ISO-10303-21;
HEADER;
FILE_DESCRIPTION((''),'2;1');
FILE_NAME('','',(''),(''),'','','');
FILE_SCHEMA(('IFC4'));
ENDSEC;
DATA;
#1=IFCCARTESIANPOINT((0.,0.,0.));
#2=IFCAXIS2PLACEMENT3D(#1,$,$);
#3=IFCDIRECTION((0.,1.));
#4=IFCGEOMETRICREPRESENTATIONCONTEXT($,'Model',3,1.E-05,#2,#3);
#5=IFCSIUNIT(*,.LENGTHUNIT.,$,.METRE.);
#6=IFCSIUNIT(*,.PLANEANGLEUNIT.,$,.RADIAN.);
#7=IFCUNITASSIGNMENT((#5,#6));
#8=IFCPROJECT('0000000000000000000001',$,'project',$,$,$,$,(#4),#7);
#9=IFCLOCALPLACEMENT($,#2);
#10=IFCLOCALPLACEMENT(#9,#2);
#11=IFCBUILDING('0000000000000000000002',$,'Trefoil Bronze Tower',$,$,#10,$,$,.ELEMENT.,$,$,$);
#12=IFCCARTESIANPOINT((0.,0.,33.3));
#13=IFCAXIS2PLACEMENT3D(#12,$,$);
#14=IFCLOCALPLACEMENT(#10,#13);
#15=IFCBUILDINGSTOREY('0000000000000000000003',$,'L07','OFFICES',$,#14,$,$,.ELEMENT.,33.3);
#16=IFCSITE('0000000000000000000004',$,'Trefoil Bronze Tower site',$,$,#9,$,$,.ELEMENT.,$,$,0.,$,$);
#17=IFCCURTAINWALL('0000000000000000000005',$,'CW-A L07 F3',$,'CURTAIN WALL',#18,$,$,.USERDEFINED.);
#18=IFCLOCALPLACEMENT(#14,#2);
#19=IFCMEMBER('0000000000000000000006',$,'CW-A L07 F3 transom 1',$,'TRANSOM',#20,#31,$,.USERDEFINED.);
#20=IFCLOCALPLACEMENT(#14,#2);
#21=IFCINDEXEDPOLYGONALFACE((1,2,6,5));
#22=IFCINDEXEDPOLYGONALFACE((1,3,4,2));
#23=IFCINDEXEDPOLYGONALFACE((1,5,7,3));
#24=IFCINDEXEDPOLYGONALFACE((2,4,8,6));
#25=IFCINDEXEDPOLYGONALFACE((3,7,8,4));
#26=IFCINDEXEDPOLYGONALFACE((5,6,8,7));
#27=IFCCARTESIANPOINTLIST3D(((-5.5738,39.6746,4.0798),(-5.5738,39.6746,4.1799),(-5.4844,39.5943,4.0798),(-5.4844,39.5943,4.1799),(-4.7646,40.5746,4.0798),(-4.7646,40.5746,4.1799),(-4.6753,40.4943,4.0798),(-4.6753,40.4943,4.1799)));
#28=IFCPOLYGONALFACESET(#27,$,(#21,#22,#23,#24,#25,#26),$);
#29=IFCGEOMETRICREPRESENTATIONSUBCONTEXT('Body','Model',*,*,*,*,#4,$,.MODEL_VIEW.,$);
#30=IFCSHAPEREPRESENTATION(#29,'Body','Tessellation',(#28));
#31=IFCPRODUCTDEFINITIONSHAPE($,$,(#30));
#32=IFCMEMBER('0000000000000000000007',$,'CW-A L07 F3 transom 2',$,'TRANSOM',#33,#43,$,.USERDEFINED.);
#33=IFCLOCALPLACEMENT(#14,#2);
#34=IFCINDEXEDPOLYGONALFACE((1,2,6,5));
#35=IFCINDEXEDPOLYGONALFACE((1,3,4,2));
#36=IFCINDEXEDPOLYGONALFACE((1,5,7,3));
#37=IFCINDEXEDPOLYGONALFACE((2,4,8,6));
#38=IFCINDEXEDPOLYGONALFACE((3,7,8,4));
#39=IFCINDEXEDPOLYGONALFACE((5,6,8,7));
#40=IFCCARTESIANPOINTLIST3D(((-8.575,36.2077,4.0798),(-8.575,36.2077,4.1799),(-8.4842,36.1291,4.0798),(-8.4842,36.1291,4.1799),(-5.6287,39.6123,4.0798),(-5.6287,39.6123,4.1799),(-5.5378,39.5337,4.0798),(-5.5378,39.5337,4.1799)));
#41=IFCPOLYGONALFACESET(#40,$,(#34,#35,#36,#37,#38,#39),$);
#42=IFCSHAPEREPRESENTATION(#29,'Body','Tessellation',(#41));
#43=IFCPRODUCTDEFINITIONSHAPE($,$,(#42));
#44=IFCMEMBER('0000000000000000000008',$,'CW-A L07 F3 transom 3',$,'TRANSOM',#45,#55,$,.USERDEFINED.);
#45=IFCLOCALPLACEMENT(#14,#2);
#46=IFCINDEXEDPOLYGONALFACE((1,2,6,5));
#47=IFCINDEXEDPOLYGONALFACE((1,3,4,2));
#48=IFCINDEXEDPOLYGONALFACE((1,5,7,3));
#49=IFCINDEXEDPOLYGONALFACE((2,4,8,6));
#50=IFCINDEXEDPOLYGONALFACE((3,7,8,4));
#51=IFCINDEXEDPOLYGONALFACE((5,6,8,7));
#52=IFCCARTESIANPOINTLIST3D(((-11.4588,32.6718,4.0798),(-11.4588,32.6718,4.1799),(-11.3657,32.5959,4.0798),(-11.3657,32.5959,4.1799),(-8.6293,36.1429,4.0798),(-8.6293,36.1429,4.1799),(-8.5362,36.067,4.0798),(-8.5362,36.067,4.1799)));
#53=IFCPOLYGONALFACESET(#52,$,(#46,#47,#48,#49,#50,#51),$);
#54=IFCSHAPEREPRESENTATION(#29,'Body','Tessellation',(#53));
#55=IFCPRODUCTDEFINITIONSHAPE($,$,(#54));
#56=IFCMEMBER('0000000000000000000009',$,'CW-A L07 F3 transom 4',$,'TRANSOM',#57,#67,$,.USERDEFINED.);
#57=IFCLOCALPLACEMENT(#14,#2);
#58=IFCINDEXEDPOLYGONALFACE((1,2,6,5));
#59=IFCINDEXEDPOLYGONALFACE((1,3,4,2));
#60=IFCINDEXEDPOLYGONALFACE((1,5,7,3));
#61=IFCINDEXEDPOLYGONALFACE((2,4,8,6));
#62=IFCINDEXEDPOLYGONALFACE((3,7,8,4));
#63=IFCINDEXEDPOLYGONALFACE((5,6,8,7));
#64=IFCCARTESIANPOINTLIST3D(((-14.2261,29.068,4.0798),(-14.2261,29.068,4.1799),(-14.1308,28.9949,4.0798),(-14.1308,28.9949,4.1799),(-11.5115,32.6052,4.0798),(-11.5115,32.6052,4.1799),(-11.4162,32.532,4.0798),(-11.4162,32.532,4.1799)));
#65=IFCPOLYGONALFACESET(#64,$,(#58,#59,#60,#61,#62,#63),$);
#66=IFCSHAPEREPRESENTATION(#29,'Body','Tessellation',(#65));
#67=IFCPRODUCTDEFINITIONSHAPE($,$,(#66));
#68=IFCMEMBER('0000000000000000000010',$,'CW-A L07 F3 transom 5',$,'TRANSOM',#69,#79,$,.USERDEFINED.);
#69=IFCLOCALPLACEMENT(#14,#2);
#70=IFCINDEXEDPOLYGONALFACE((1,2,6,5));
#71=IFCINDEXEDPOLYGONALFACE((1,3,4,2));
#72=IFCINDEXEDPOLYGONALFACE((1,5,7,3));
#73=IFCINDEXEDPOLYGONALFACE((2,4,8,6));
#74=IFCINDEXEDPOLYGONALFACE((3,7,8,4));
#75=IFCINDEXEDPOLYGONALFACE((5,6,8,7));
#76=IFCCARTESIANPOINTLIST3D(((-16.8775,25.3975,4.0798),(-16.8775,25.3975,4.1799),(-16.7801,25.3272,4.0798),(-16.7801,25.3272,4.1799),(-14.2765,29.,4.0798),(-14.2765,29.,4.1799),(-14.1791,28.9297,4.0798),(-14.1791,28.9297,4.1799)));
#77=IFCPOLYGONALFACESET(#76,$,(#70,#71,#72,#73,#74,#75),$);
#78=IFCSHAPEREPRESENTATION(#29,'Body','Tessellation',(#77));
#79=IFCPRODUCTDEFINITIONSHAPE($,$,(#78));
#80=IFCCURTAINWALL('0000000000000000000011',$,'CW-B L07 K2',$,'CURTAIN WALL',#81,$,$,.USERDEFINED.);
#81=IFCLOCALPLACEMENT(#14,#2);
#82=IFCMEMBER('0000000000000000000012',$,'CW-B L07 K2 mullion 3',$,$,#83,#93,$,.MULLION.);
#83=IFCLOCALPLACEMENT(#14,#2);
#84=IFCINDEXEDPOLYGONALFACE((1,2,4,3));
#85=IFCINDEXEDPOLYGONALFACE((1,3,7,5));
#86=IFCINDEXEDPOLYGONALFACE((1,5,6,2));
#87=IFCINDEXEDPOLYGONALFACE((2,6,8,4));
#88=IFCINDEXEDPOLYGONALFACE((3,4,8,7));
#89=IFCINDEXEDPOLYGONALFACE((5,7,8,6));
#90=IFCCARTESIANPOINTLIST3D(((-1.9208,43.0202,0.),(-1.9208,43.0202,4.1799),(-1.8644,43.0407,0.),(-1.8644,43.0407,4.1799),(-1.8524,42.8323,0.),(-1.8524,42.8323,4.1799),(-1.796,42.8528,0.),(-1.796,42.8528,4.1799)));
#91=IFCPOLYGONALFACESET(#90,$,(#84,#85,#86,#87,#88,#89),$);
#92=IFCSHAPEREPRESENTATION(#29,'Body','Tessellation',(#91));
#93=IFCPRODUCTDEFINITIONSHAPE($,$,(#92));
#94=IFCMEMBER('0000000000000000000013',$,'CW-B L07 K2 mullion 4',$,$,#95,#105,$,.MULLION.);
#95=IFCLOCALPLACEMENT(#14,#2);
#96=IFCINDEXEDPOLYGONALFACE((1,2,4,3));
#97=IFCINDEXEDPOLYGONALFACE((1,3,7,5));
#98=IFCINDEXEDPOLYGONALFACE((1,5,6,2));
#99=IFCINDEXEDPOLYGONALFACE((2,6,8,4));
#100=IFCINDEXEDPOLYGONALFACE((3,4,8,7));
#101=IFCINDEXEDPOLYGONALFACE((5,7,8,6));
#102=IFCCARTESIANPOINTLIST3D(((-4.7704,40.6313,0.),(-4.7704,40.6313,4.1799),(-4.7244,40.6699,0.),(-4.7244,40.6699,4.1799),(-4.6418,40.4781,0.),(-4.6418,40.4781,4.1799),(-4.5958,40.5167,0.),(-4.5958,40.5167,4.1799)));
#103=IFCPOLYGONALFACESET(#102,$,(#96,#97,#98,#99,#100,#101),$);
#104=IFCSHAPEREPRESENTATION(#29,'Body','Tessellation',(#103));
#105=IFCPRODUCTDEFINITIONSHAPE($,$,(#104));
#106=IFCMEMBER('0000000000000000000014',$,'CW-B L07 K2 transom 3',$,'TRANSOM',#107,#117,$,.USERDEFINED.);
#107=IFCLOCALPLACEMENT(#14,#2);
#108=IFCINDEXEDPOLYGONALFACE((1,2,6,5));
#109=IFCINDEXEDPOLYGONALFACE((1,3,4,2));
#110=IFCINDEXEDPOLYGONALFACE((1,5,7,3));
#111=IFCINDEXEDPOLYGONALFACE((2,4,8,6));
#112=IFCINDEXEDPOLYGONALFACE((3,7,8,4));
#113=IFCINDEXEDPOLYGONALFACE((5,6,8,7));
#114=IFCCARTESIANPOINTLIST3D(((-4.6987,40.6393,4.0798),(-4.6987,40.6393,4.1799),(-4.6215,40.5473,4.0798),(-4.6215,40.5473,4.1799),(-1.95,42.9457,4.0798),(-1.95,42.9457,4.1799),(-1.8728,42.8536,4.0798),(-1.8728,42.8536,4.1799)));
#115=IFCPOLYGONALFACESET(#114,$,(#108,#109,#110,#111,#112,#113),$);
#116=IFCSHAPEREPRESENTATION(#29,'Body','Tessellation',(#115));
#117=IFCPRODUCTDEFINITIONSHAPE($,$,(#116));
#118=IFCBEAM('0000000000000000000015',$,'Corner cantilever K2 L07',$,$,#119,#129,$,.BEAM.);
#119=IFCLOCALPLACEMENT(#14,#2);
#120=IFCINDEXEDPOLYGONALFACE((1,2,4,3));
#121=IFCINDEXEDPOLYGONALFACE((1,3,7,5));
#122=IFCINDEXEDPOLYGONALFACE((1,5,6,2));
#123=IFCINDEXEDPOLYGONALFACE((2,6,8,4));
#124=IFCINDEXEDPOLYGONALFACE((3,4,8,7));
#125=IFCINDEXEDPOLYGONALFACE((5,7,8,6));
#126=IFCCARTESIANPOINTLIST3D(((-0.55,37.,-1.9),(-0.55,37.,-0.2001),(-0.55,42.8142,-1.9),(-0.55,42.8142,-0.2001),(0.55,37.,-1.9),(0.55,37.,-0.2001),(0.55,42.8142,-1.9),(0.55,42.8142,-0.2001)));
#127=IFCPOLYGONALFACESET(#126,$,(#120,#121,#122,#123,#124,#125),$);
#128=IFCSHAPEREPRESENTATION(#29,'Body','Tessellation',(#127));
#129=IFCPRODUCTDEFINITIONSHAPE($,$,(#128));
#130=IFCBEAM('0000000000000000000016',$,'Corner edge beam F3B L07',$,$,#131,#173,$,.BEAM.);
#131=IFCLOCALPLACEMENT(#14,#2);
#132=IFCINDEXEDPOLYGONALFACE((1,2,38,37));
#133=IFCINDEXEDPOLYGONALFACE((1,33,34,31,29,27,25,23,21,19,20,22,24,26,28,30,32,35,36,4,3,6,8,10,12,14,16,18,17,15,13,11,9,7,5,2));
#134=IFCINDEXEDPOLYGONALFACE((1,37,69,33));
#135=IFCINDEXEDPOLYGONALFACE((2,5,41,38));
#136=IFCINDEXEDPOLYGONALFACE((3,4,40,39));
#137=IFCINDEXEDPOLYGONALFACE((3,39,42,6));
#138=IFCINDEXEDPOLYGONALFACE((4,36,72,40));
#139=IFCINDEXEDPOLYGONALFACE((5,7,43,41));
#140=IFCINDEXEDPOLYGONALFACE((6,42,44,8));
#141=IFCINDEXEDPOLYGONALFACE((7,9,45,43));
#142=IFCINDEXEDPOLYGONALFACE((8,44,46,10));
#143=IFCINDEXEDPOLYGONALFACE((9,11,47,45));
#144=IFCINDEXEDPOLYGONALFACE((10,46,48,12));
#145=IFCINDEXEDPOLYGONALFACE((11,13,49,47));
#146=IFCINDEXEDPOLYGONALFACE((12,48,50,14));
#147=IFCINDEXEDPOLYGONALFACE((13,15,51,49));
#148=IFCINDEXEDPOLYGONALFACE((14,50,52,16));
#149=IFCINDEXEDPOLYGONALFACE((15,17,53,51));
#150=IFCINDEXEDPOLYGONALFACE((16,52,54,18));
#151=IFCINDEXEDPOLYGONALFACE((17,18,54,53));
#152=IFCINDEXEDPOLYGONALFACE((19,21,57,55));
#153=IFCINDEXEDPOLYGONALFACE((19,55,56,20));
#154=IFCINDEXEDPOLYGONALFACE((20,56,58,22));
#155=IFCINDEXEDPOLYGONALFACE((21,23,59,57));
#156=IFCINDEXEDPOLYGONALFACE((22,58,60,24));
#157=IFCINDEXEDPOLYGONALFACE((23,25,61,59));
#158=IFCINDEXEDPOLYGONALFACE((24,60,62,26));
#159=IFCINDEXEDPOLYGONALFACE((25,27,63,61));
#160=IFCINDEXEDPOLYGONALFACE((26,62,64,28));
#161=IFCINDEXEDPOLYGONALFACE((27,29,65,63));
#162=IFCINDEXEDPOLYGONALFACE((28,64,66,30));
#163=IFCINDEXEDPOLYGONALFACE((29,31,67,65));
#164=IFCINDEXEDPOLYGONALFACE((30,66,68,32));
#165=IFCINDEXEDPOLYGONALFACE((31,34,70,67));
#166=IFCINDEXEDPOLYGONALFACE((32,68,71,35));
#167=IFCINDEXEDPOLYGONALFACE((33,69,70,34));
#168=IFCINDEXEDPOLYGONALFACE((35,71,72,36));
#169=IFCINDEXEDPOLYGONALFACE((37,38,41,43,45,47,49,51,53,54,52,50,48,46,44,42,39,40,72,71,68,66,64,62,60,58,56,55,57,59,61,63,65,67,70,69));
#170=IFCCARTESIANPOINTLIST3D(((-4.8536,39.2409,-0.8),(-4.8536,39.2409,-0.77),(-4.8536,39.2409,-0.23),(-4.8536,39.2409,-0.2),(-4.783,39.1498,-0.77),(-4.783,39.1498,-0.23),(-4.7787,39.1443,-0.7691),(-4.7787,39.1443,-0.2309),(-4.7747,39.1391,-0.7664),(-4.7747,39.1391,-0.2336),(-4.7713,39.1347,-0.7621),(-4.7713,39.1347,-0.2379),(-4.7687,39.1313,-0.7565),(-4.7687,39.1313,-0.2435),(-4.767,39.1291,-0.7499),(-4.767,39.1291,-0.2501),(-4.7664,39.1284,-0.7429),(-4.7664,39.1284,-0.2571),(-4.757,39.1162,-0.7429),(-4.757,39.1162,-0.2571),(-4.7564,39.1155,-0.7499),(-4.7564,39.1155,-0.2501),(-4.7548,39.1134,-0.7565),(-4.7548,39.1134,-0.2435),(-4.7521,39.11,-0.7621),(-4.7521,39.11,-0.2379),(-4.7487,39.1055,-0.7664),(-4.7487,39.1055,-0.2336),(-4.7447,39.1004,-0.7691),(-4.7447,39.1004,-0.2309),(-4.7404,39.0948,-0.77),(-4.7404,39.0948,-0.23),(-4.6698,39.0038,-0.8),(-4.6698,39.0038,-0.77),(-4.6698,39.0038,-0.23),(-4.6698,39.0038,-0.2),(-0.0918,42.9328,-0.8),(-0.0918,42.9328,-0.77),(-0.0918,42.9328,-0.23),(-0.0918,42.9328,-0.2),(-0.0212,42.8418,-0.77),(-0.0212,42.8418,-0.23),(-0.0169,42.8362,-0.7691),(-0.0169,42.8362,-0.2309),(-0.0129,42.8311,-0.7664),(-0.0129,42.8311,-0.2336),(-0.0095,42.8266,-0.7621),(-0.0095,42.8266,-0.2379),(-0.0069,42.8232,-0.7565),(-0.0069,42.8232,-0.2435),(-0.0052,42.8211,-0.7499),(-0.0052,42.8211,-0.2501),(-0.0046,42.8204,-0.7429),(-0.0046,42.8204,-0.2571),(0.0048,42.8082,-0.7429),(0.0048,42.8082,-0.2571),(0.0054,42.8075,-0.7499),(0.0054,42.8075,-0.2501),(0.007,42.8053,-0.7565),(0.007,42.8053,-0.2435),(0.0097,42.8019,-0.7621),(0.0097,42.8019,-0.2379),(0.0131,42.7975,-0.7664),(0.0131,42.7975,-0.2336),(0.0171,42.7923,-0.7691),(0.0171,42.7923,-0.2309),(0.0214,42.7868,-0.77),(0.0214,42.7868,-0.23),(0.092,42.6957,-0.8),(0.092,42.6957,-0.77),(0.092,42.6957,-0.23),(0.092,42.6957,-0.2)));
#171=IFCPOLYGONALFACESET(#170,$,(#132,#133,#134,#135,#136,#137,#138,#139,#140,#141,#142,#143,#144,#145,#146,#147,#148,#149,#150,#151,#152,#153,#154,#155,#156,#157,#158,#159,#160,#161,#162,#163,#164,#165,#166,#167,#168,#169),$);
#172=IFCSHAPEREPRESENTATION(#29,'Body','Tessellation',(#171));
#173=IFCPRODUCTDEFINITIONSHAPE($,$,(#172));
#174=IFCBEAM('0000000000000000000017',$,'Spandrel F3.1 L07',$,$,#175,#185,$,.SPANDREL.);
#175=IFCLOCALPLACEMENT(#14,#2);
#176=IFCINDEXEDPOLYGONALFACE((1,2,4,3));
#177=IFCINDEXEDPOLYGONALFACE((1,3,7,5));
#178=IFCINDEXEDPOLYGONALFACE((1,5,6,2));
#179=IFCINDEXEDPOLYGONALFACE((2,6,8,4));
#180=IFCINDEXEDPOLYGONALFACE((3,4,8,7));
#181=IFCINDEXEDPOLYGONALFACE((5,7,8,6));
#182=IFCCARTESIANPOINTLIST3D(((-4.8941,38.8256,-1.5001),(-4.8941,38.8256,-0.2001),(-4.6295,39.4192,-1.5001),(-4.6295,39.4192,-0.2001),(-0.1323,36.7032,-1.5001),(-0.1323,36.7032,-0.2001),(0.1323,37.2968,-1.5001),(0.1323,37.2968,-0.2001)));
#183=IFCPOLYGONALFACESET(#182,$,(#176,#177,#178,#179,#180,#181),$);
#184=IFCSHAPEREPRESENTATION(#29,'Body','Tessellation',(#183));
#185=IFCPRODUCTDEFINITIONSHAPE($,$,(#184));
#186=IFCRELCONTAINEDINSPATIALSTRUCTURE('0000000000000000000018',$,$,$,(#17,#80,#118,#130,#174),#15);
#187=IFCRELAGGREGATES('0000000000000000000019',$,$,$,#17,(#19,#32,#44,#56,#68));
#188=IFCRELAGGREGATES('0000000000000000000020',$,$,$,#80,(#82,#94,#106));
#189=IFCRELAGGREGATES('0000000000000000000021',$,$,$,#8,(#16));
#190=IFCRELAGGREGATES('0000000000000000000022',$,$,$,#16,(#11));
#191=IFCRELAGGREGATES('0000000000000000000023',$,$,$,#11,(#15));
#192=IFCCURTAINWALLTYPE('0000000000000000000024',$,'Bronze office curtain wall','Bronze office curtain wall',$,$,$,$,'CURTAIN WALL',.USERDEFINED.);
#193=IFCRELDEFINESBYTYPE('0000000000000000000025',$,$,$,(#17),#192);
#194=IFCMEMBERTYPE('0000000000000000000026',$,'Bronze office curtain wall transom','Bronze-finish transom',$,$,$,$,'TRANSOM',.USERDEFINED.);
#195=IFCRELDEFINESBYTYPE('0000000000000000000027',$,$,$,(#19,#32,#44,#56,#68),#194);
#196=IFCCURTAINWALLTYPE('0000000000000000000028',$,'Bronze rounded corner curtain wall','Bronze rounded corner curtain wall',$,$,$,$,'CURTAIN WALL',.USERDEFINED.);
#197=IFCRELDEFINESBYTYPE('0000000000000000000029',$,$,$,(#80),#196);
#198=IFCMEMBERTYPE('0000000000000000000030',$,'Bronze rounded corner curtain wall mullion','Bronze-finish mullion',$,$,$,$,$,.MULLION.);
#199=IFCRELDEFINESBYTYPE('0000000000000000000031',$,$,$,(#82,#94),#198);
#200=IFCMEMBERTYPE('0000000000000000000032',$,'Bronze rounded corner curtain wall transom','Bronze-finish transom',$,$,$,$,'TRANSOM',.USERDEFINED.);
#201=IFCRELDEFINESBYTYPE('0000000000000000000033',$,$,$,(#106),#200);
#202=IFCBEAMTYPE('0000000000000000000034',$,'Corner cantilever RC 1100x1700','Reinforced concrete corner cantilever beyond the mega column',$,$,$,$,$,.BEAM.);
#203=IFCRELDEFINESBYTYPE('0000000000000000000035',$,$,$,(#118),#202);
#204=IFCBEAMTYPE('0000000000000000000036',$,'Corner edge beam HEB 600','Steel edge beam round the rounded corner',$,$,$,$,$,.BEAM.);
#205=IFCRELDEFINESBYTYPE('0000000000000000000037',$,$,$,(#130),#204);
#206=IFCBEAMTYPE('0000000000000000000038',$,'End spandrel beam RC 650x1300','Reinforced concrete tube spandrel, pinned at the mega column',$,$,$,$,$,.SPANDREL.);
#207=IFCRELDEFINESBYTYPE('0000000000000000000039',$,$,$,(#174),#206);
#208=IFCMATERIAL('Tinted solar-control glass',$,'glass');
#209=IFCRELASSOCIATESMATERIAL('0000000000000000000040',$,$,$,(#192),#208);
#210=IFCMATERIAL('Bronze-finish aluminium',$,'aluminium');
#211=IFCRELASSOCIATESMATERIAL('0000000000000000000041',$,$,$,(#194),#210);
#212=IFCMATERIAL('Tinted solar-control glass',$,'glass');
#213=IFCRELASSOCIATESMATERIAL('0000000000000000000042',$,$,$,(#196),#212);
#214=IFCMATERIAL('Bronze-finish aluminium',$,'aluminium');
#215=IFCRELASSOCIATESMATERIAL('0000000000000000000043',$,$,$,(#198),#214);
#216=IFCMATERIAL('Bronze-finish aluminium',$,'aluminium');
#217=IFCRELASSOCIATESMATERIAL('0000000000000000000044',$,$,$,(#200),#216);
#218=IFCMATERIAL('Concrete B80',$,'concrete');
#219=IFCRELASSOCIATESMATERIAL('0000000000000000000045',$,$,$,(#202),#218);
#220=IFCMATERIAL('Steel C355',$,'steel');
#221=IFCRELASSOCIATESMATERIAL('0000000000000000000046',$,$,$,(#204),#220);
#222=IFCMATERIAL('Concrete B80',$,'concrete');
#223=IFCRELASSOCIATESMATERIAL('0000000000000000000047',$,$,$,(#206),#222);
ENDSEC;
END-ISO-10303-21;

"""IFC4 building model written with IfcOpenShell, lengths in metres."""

from ifc_helpers import new_model, si_unit, direction, frame, origin, origin_2d, place, context, subcontext, project, spatial, rectangle, i_section, extrude, material, material_profile, profile_set, type_object, element, aggregate, save


model = new_model("IFC4")

# Units and contexts
model_context = context("Model", 3, precision=1e-05, world=origin(), true_north=direction((0.0, 1.0)))
body_context = subcontext(model_context, "Body", "Model", "MODEL_VIEW")
ifc_project = project(units=[si_unit("LENGTHUNIT", "METRE"), si_unit("PLANEANGLEUNIT", "RADIAN")], contexts=[model_context])

# Site, building, storey
site_placement = place(None, origin())
site = spatial("IfcSite", under=ifc_project, at=site_placement, Name="Trefoil Bronze Tower site", CompositionType="ELEMENT", RefElevation=0.0)
building_placement = place(site_placement, origin())
building = spatial("IfcBuilding", under=site, at=building_placement, Name="Trefoil Bronze Tower", CompositionType="ELEMENT")
storey_placement = place(building_placement, frame((0.0, 0.0, 33.3)))
storey = spatial("IfcBuildingStorey", under=building, at=storey_placement, Name="L07", Description="OFFICES", CompositionType="ELEMENT", Elevation=33.3)

# Curtain walls, members
ifc_material_1 = material(Name="Tinted solar-control glass", Category="glass")
curtain_wall_type_1 = type_object("IfcCurtainWallType", Name="Bronze office curtain wall", Description="Bronze office curtain wall", ElementType="CURTAIN WALL", PredefinedType="USERDEFINED", material=ifc_material_1)
curtain_wall_1_placement = place(storey_placement, origin())
curtain_wall_1 = element("IfcCurtainWall", 1, at=curtain_wall_1_placement, inside=storey, type_object=curtain_wall_type_1, Name="CW-A L07 F3", ObjectType="CURTAIN WALL", PredefinedType="USERDEFINED")
ifc_material_2 = material(Name="Bronze-finish aluminium", Category="aluminium")
ifc_material_profile_1 = material_profile(ifc_material_2, rectangle(XDim=0.1201, YDim=0.1001, at=origin_2d()), Name="CW-A transom")
ifc_profile_set_1 = profile_set([ifc_material_profile_1], Name="Bronze-finish aluminium")
member_type_1 = type_object("IfcMemberType", Name="Bronze office curtain wall transom", Description="Bronze-finish transom", ElementType="TRANSOM", PredefinedType="USERDEFINED", material=ifc_profile_set_1)
member_1_placement = place(storey_placement, frame((-4.72, 40.5344, 4.1299), z_axis=(-0.668586, -0.743635, 0.0), x_axis=(0.743635, -0.668586, 0.0)))
member_1 = element("IfcMember", 2, at=member_1_placement, type_object=member_type_1, Name="CW-A L07 F3 transom 1", ObjectType="TRANSOM", PredefinedType="USERDEFINED", context=body_context, shape_type="SweptSolid", body=[
    extrude(rectangle(XDim=0.1201, YDim=0.1001, at=origin_2d()), origin(), (0.0, 0.0, 1.0), 1.2102),
])
member_2_placement = place(storey_placement, frame((-5.5833, 39.573, 4.1299), z_axis=(-0.654383, -0.756163, 0.0), x_axis=(0.756163, -0.654383, 0.0)))
member_2 = element("IfcMember", 3, at=member_2_placement, type_object=member_type_1, Name="CW-A L07 F3 transom 2", ObjectType="TRANSOM", PredefinedType="USERDEFINED", context=body_context, shape_type="SweptSolid", body=[
    extrude(rectangle(XDim=0.1201, YDim=0.1001, at=origin_2d()), origin(), (0.0, 0.0, 1.0), 4.5024),
])
member_3_placement = place(storey_placement, frame((-8.5828, 36.105, 4.1299), z_axis=(-0.631836, -0.775102, 0.0), x_axis=(0.775102, -0.631836, 0.0)))
member_3 = element("IfcMember", 4, at=member_3_placement, type_object=member_type_1, Name="CW-A L07 F3 transom 3", ObjectType="TRANSOM", PredefinedType="USERDEFINED", context=body_context, shape_type="SweptSolid", body=[
    extrude(rectangle(XDim=0.1201, YDim=0.1001, at=origin_2d()), origin(), (0.0, 0.0, 1.0), 4.4783),
])
member_4_placement = place(storey_placement, frame((-11.4639, 32.5686, 4.1299), z_axis=(-0.608829, -0.793301, 0.0), x_axis=(0.793301, -0.608829, 0.0)))
member_4 = element("IfcMember", 5, at=member_4_placement, type_object=member_type_1, Name="CW-A L07 F3 transom 4", ObjectType="TRANSOM", PredefinedType="USERDEFINED", context=body_context, shape_type="SweptSolid", body=[
    extrude(rectangle(XDim=0.1201, YDim=0.1001, at=origin_2d()), origin(), (0.0, 0.0, 1.0), 4.4587),
])
member_5_placement = place(storey_placement, frame((-14.2278, 28.9648, 4.1299), z_axis=(-0.585378, -0.81076, 0.0), x_axis=(0.81076, -0.585378, 0.0)))
member_5 = element("IfcMember", 6, at=member_5_placement, type_object=member_type_1, Name="CW-A L07 F3 transom 5", ObjectType="TRANSOM", PredefinedType="USERDEFINED", context=body_context, shape_type="SweptSolid", body=[
    extrude(rectangle(XDim=0.1201, YDim=0.1001, at=origin_2d()), origin(), (0.0, 0.0, 1.0), 4.4434),
])
ifc_material_3 = material(Name="Tinted solar-control glass", Category="glass")
curtain_wall_type_2 = type_object("IfcCurtainWallType", Name="Bronze rounded corner curtain wall", Description="Bronze rounded corner curtain wall", ElementType="CURTAIN WALL", PredefinedType="USERDEFINED", material=ifc_material_3)
curtain_wall_2_placement = place(storey_placement, origin())
curtain_wall_2 = element("IfcCurtainWall", 7, at=curtain_wall_2_placement, inside=storey, type_object=curtain_wall_type_2, Name="CW-B L07 K2", ObjectType="CURTAIN WALL", PredefinedType="USERDEFINED")
ifc_material_4 = material(Name="Bronze-finish aluminium", Category="aluminium")
ifc_material_profile_2 = material_profile(ifc_material_4, rectangle(XDim=0.2, YDim=0.0601, at=origin_2d()), Name="CW-B mullion")
ifc_profile_set_2 = profile_set([ifc_material_profile_2], Name="Bronze-finish aluminium")
member_type_2 = type_object("IfcMemberType", Name="Bronze rounded corner curtain wall mullion", Description="Bronze-finish mullion", PredefinedType="MULLION", material=ifc_profile_set_2)
member_6_placement = place(storey_placement, frame((-1.8584, 42.9365, 0.0), z_axis=(0.0, 0.0, 1.0), x_axis=(0.34202, -0.939693, 0.0)))
member_6 = element("IfcMember", 8, at=member_6_placement, type_object=member_type_2, Name="CW-B L07 K2 mullion 3", PredefinedType="MULLION", context=body_context, shape_type="SweptSolid", body=[
    extrude(rectangle(XDim=0.2, YDim=0.0601, at=origin_2d()), origin(), (0.0, 0.0, 1.0), 4.1799),
])
member_7_placement = place(storey_placement, frame((-4.6831, 40.574, 0.0), z_axis=(0.0, 0.0, 1.0), x_axis=(0.642788, -0.766044, 0.0)))
member_7 = element("IfcMember", 9, at=member_7_placement, type_object=member_type_2, Name="CW-B L07 K2 mullion 4", PredefinedType="MULLION", context=body_context, shape_type="SweptSolid", body=[
    extrude(rectangle(XDim=0.2, YDim=0.0601, at=origin_2d()), origin(), (0.0, 0.0, 1.0), 4.1799),
])
ifc_material_5 = material(Name="Bronze-finish aluminium", Category="aluminium")
ifc_material_profile_3 = material_profile(ifc_material_5, rectangle(XDim=0.1201, YDim=0.1001, at=origin_2d()), Name="CW-B transom")
ifc_profile_set_3 = profile_set([ifc_material_profile_3], Name="Bronze-finish aluminium")
member_type_3 = type_object("IfcMemberType", Name="Bronze rounded corner curtain wall transom", Description="Bronze-finish transom", ElementType="TRANSOM", PredefinedType="USERDEFINED", material=ifc_profile_set_3)
member_8_placement = place(storey_placement, frame((-1.9114, 42.8997, 4.1299), z_axis=(-0.766059, -0.642771, 0.0), x_axis=(0.642771, -0.766059, 0.0)))
member_8 = element("IfcMember", 10, at=member_8_placement, type_object=member_type_3, Name="CW-B L07 K2 transom 3", ObjectType="TRANSOM", PredefinedType="USERDEFINED", context=body_context, shape_type="SweptSolid", body=[
    extrude(rectangle(XDim=0.1201, YDim=0.1001, at=origin_2d()), origin(), (0.0, 0.0, 1.0), 3.5881),
])

# Beams
ifc_material_6 = material(Name="Concrete B80", Category="concrete")
ifc_material_profile_4 = material_profile(ifc_material_6, rectangle(XDim=1.1001, YDim=1.7, at=origin_2d()), Name="RC 1100x1700")
ifc_profile_set_4 = profile_set([ifc_material_profile_4], Name="Concrete B80")
beam_type_1 = type_object("IfcBeamType", Name="Corner cantilever RC 1100x1700", Description="Reinforced concrete corner cantilever beyond the mega column", PredefinedType="BEAM", material=ifc_profile_set_4)
beam_1_placement = place(storey_placement, frame((0.0, 37.0, -1.05), z_axis=(0.0, 1.0, 0.0), x_axis=(-1.0, 0.0, 0.0)))
element("IfcBeam", 11, at=beam_1_placement, inside=storey, type_object=beam_type_1, Name="Corner cantilever K2 L07", PredefinedType="BEAM", context=body_context, shape_type="SweptSolid", body=[
    extrude(rectangle(XDim=1.1001, YDim=1.7, at=origin_2d()), origin(), (0.0, 0.0, 1.0), 5.8142),
])
ifc_material_7 = material(Name="Steel C355", Category="steel")
ifc_material_profile_5 = material_profile(ifc_material_7, i_section(OverallWidth=0.3, OverallDepth=0.6001, WebThickness=0.0154, FlangeThickness=0.03, FilletRadius=0.0271, at=origin_2d()), Name="HEB 600")
ifc_profile_set_5 = profile_set([ifc_material_profile_5], Name="Steel C355")
beam_type_2 = type_object("IfcBeamType", Name="Corner edge beam HEB 600", Description="Steel edge beam round the rounded corner", PredefinedType="BEAM", material=ifc_profile_set_5)
beam_2_placement = place(storey_placement, frame((-4.7617, 39.1223, -0.5), z_axis=(0.790289, 0.612734, 0.0), x_axis=(-0.612734, 0.790289, 0.0)))
element("IfcBeam", 12, at=beam_2_placement, inside=storey, type_object=beam_type_2, Name="Corner edge beam F3B L07", PredefinedType="BEAM", context=body_context, shape_type="SweptSolid", body=[
    extrude(i_section(OverallWidth=0.3, OverallDepth=0.6001, WebThickness=0.0154, FlangeThickness=0.03, FilletRadius=0.0271, at=origin_2d()), origin(), (0.0, 0.0, 1.0), 6.0254),
])
ifc_material_8 = material(Name="Concrete B80", Category="concrete")
ifc_material_profile_6 = material_profile(ifc_material_8, rectangle(XDim=0.6499, YDim=1.3, at=origin_2d()), Name="RC 650x1300")
ifc_profile_set_6 = profile_set([ifc_material_profile_6], Name="Concrete B80")
beam_type_3 = type_object("IfcBeamType", Name="End spandrel beam RC 650x1300", Description="Reinforced concrete tube spandrel, pinned at the mega column", PredefinedType="SPANDREL", material=ifc_profile_set_6)
beam_3_placement = place(storey_placement, frame((0.0, 37.0, -0.8501), z_axis=(-0.913384, 0.407099, 0.0), x_axis=(-0.407099, -0.913384, 0.0)))
element("IfcBeam", 13, at=beam_3_placement, inside=storey, type_object=beam_type_3, Name="Spandrel F3.1 L07", PredefinedType="SPANDREL", context=body_context, shape_type="SweptSolid", body=[
    extrude(rectangle(XDim=0.6499, YDim=1.3, at=origin_2d()), origin(), (0.0, 0.0, 1.0), 5.2134),
])

aggregate(curtain_wall_1, [member_1, member_2, member_3, member_4, member_5])
aggregate(curtain_wall_2, [member_6, member_7, member_8])

save(model, "model.ifc")
